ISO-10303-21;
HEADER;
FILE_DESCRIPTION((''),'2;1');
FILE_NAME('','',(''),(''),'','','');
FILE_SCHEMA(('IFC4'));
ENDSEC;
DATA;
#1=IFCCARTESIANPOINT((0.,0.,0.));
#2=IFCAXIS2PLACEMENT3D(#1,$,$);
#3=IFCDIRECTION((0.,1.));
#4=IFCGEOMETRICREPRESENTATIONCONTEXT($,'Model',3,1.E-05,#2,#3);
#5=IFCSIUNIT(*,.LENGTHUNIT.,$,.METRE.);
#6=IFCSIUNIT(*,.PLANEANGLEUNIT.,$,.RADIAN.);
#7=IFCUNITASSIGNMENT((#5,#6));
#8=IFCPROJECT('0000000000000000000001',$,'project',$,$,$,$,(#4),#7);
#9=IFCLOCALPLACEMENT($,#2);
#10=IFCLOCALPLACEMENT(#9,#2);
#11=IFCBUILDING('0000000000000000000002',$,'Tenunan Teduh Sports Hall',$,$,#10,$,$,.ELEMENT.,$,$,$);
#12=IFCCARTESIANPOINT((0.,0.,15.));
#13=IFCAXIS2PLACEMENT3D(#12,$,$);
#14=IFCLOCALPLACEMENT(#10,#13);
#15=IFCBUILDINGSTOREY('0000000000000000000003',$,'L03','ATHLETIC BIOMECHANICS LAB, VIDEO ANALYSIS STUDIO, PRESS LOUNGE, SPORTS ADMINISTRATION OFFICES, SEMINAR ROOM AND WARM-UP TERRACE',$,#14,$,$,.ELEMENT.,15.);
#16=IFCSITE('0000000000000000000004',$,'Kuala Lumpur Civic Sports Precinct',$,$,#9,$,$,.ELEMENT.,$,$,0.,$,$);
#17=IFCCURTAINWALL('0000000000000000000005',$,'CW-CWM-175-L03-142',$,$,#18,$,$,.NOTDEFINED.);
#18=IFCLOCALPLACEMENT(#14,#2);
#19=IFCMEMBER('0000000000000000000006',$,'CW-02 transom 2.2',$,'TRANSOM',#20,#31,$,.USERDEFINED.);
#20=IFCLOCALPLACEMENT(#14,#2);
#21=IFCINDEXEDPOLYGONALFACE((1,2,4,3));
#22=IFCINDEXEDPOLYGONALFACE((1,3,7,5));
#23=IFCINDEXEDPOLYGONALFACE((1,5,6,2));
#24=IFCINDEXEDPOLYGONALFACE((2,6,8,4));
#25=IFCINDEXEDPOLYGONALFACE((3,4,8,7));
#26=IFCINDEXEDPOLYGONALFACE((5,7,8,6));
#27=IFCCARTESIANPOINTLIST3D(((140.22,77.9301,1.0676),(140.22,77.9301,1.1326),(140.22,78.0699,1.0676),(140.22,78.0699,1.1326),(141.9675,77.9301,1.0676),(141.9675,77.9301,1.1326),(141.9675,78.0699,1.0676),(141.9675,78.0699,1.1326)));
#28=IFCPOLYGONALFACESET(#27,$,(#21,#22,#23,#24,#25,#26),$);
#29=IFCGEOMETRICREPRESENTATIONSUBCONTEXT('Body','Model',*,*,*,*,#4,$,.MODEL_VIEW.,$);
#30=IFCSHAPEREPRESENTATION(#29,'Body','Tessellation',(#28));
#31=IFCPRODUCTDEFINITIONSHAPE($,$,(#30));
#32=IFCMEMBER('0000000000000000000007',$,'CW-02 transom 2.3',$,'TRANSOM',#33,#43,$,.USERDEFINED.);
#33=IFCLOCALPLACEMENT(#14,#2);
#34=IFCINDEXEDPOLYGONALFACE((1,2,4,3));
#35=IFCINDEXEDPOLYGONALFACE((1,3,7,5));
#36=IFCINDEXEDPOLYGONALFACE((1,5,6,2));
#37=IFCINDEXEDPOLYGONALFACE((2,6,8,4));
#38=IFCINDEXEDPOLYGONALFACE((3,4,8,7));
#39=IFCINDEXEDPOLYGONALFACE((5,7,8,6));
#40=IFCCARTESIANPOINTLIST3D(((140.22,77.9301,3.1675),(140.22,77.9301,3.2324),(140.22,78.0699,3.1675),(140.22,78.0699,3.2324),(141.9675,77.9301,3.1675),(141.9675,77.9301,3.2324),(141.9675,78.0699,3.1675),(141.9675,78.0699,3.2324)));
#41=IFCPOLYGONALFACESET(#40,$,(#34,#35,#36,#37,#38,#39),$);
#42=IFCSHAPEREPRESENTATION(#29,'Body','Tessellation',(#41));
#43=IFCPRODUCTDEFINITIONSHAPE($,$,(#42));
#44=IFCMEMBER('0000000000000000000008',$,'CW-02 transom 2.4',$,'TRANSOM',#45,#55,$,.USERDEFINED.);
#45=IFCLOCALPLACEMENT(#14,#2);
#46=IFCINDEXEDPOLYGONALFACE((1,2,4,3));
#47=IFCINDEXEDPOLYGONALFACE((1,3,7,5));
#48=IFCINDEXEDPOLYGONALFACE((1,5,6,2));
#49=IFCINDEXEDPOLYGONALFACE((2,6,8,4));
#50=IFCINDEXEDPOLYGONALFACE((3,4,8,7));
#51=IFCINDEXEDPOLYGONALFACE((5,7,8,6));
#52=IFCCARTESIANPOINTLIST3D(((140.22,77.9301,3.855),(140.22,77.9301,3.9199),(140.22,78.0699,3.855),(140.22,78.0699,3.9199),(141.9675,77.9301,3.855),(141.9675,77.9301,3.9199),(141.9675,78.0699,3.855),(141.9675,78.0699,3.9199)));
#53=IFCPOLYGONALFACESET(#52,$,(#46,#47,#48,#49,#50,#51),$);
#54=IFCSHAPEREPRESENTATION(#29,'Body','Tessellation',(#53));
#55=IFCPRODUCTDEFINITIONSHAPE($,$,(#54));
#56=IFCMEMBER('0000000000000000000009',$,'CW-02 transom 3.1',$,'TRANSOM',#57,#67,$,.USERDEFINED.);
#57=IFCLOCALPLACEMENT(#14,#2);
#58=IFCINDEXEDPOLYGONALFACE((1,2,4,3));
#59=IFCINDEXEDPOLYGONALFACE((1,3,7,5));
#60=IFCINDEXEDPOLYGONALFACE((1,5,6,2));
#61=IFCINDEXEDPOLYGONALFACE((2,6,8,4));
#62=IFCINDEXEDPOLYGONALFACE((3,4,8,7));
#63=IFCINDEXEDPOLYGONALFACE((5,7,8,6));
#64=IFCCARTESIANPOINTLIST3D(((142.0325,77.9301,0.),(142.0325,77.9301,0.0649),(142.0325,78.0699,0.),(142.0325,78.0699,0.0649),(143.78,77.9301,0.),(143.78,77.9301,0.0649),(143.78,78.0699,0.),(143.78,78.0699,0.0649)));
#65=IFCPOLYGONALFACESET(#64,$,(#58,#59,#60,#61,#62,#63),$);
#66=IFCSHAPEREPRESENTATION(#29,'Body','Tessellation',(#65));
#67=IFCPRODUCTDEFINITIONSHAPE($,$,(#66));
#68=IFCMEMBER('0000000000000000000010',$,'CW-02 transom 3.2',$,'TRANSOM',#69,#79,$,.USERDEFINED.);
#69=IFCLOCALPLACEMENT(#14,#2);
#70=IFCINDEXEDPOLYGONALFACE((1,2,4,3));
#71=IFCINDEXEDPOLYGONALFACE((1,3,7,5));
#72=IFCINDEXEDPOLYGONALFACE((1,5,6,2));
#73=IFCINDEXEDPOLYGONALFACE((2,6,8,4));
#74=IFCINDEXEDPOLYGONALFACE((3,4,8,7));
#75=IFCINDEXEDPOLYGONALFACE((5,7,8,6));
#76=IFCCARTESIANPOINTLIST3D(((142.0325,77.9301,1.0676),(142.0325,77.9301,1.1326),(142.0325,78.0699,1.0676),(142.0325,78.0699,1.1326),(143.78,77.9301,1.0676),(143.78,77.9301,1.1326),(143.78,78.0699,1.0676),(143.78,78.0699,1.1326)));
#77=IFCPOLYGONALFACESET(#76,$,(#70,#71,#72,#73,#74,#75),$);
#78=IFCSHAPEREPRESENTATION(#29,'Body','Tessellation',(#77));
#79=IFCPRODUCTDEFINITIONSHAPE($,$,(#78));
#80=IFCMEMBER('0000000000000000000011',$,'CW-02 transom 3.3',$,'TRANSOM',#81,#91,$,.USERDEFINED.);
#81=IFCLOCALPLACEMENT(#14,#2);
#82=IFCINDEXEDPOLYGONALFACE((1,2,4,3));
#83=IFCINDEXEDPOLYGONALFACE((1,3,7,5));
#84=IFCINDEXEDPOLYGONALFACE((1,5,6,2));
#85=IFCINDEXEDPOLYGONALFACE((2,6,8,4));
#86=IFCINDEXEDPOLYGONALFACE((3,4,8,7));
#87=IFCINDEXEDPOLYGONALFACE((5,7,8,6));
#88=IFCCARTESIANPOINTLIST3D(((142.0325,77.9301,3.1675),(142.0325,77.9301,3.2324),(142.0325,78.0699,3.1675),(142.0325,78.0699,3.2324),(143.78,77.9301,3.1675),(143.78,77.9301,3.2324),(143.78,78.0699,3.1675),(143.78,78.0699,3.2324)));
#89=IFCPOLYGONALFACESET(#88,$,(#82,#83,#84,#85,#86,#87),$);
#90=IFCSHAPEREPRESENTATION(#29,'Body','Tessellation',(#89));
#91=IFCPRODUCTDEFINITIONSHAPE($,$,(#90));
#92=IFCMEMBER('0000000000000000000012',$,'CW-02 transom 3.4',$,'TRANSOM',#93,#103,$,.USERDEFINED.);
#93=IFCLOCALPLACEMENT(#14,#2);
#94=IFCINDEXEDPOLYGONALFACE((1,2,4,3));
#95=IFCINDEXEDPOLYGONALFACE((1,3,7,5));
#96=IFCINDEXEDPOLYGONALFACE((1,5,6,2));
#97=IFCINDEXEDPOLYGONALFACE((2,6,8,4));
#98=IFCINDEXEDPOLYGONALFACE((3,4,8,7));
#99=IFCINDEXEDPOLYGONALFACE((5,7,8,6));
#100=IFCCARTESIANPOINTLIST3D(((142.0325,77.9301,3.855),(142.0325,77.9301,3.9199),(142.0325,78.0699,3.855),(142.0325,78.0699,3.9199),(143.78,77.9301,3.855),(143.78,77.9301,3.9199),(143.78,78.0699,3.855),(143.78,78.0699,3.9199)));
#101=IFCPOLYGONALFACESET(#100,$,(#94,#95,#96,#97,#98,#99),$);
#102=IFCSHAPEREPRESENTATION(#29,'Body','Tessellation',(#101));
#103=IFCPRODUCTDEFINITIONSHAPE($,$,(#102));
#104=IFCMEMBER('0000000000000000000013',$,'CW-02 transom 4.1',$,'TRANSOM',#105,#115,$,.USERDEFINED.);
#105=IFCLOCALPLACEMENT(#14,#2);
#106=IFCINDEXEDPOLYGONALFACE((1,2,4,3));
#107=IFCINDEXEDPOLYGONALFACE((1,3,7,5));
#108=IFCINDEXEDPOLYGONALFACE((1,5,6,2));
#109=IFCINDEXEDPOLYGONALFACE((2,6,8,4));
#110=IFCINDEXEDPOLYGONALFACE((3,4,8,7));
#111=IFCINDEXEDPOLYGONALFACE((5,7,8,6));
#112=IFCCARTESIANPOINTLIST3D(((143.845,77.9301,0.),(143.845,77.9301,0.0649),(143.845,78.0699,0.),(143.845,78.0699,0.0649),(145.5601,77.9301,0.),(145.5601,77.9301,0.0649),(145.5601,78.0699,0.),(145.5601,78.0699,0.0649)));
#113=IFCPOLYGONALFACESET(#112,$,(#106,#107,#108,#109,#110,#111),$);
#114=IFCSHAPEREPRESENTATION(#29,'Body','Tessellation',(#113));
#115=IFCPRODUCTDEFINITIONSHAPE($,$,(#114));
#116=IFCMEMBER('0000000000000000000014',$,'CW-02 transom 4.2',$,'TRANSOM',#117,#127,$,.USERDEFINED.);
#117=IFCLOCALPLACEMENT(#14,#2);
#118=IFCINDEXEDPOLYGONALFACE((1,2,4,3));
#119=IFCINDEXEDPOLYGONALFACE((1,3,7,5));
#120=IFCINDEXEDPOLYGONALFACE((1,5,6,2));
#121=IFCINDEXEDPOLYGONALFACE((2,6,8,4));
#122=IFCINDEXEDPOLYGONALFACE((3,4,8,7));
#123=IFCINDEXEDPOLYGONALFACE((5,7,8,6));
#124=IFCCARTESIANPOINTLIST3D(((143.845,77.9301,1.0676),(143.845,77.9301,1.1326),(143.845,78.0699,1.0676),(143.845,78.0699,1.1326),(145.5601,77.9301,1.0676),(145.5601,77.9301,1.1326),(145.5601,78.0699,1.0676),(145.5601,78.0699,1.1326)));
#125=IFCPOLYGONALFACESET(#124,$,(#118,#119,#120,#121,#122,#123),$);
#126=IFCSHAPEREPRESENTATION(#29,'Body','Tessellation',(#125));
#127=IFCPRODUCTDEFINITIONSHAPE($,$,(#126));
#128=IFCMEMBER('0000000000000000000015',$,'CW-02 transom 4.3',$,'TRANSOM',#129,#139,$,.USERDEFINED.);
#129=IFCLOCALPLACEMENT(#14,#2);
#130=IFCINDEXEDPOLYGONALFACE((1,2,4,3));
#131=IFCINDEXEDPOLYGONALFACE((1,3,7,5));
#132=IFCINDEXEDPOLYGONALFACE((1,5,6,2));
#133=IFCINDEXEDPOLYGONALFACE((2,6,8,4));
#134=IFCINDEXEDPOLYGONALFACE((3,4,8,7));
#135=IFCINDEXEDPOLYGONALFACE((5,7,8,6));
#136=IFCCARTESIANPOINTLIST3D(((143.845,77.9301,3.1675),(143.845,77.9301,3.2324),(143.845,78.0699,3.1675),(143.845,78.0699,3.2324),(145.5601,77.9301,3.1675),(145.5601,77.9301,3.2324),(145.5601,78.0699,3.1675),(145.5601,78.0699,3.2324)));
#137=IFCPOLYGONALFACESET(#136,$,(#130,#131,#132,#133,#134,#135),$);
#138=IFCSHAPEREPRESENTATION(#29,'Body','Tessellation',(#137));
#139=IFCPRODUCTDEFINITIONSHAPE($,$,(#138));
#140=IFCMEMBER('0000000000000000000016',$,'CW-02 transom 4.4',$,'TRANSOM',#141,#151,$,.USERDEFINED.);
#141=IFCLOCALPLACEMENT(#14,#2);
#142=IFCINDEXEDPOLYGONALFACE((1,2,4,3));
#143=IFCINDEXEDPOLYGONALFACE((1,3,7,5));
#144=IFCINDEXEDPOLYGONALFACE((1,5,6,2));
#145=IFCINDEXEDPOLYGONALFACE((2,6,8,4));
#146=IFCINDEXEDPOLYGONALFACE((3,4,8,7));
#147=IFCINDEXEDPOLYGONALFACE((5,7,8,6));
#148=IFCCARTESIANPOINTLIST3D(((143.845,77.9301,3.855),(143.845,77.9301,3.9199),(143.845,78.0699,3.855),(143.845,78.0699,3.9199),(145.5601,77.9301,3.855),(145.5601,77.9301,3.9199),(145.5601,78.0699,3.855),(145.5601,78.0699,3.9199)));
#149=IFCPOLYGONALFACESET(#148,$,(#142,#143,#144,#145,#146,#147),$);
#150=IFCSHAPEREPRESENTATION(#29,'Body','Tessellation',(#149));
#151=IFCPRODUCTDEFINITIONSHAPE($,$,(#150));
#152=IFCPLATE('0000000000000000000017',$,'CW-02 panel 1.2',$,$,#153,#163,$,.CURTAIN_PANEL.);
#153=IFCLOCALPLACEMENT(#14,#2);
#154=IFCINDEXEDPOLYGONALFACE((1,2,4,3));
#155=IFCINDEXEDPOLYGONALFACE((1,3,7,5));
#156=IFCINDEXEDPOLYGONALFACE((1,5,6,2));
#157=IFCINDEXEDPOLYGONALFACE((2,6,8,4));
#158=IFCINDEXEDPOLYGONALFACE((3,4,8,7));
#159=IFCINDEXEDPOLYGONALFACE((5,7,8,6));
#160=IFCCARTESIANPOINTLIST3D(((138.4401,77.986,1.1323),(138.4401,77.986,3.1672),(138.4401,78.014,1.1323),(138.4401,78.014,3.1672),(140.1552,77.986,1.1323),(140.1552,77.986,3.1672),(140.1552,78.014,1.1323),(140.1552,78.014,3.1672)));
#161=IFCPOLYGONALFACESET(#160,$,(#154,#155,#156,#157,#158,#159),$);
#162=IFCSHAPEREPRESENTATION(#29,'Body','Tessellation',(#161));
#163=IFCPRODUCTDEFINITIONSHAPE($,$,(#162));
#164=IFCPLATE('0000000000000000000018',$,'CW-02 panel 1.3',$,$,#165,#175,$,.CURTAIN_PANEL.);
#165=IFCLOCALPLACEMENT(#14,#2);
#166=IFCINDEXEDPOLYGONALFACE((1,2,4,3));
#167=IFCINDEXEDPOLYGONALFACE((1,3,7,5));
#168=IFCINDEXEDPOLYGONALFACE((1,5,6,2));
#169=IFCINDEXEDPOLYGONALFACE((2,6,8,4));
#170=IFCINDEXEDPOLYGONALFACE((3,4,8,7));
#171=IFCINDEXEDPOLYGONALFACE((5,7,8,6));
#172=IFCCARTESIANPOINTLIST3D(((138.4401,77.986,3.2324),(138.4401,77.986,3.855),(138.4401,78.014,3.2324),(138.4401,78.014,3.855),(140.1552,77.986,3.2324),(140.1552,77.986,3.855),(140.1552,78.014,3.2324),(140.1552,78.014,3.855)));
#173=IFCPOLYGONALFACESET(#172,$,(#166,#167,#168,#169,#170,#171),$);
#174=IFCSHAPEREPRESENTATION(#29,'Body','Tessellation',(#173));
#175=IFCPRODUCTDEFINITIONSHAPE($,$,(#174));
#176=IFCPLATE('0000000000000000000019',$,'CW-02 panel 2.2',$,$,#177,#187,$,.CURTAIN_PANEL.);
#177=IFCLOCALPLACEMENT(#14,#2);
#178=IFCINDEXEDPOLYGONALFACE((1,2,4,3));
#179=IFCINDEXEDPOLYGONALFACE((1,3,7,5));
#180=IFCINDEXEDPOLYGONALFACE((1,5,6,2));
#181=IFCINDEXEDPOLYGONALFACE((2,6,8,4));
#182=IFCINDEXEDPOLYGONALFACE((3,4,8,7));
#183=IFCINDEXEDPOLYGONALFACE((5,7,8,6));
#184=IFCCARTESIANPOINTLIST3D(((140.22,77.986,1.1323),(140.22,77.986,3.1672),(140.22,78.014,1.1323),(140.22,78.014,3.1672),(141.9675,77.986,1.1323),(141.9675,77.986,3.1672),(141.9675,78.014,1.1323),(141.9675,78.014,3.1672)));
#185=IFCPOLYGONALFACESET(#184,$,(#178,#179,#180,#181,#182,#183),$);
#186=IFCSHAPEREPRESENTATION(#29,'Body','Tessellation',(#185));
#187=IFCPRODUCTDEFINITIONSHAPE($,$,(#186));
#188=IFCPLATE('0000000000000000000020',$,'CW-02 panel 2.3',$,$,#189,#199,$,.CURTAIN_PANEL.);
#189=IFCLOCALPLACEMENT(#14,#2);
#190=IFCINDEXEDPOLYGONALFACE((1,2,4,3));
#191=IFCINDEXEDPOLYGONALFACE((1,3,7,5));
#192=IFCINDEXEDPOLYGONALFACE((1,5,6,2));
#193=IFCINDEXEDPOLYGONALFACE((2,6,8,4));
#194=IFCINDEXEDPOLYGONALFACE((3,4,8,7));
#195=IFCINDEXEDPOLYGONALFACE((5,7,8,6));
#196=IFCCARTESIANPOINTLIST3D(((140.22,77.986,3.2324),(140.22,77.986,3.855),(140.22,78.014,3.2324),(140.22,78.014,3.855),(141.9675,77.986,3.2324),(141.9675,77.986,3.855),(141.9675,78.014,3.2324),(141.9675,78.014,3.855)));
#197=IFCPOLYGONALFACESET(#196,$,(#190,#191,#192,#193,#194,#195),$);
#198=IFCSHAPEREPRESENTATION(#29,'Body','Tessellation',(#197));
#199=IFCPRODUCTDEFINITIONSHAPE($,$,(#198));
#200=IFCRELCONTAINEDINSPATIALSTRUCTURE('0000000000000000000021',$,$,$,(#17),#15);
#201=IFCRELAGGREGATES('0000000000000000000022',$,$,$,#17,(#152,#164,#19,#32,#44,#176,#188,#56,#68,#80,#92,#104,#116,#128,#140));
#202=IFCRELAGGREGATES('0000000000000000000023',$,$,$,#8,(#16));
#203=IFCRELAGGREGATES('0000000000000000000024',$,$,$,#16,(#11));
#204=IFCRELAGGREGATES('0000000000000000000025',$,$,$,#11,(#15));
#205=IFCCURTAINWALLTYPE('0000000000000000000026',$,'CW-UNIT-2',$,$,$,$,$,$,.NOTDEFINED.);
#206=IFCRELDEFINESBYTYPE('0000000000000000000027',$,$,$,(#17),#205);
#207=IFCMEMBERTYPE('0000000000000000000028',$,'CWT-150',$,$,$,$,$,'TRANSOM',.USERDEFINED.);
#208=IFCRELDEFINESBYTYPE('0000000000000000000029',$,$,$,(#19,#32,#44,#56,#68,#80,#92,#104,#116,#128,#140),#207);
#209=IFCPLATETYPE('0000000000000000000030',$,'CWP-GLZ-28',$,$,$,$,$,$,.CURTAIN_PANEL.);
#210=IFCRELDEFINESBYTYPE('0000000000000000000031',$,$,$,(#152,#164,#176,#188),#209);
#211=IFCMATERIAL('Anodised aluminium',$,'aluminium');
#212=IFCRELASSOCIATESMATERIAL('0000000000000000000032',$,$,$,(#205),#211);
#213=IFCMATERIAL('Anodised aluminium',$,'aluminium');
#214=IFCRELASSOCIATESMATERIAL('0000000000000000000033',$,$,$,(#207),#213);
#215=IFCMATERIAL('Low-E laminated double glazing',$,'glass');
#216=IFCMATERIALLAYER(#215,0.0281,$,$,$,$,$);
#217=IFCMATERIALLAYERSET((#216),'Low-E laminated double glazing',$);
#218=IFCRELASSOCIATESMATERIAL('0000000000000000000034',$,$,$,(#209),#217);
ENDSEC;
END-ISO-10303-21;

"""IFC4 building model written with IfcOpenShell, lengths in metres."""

from ifc_helpers import new_model, si_unit, direction, frame, origin, origin_2d, place, context, subcontext, project, spatial, rectangle, extrude, material, layer, layer_set, material_profile, profile_set, type_object, element, aggregate, save


model = new_model("IFC4")

# Units and contexts
model_context = context("Model", 3, precision=1e-05, world=origin(), true_north=direction((0.0, 1.0)))
body_context = subcontext(model_context, "Body", "Model", "MODEL_VIEW")
ifc_project = project(units=[si_unit("LENGTHUNIT", "METRE"), si_unit("PLANEANGLEUNIT", "RADIAN")], contexts=[model_context])

# Site, building, storey
site_placement = place(None, origin())
site = spatial("IfcSite", under=ifc_project, at=site_placement, Name="Kuala Lumpur Civic Sports Precinct", CompositionType="ELEMENT", RefElevation=0.0)
building_placement = place(site_placement, origin())
building = spatial("IfcBuilding", under=site, at=building_placement, Name="Tenunan Teduh Sports Hall", CompositionType="ELEMENT")
storey_placement = place(building_placement, frame((0.0, 0.0, 15.0)))
storey = spatial("IfcBuildingStorey", under=building, at=storey_placement, Name="L03", Description="ATHLETIC BIOMECHANICS LAB, VIDEO ANALYSIS STUDIO, PRESS LOUNGE, SPORTS ADMINISTRATION OFFICES, SEMINAR ROOM AND WARM-UP TERRACE", CompositionType="ELEMENT", Elevation=15.0)

# Curtain wall
ifc_material_1 = material(Name="Anodised aluminium", Category="aluminium")
curtain_wall_type = type_object("IfcCurtainWallType", Name="CW-UNIT-2", PredefinedType="NOTDEFINED", material=ifc_material_1)
curtain_wall_1_placement = place(storey_placement, origin())
curtain_wall_1 = element("IfcCurtainWall", 1, at=curtain_wall_1_placement, inside=storey, type_object=curtain_wall_type, Name="CW-CWM-175-L03-142", PredefinedType="NOTDEFINED")

# Members
ifc_material_2 = material(Name="Anodised aluminium", Category="aluminium")
ifc_material_profile_1 = material_profile(ifc_material_2, rectangle(XDim=0.0649, YDim=0.1399, at=origin_2d()), Name="CWT 65x140")
ifc_profile_set_1 = profile_set([ifc_material_profile_1], Name="Anodised aluminium")
member_type_1 = type_object("IfcMemberType", Name="CWT-150", ElementType="TRANSOM", PredefinedType="USERDEFINED", material=ifc_profile_set_1)
member_1_placement = place(storey_placement, frame((140.22, 78.0, 1.1001), z_axis=(1.0, 0.0, 0.0), x_axis=(0.0, 0.0, 1.0)))
member_1 = element("IfcMember", 2, at=member_1_placement, type_object=member_type_1, Name="CW-02 transom 2.2", ObjectType="TRANSOM", PredefinedType="USERDEFINED", context=body_context, shape_type="SweptSolid", body=[
    extrude(rectangle(XDim=0.0649, YDim=0.1399, at=origin_2d()), origin(), (0.0, 0.0, 1.0), 1.7476),
])
member_2_placement = place(storey_placement, frame((140.22, 78.0, 3.2), z_axis=(1.0, 0.0, 0.0), x_axis=(0.0, 0.0, 1.0)))
member_2 = element("IfcMember", 3, at=member_2_placement, type_object=member_type_1, Name="CW-02 transom 2.3", ObjectType="TRANSOM", PredefinedType="USERDEFINED", context=body_context, shape_type="SweptSolid", body=[
    extrude(rectangle(XDim=0.0649, YDim=0.1399, at=origin_2d()), origin(), (0.0, 0.0, 1.0), 1.7476),
])
member_3_placement = place(storey_placement, frame((140.22, 78.0, 3.8875), z_axis=(1.0, 0.0, 0.0), x_axis=(0.0, 0.0, 1.0)))
member_3 = element("IfcMember", 4, at=member_3_placement, type_object=member_type_1, Name="CW-02 transom 2.4", ObjectType="TRANSOM", PredefinedType="USERDEFINED", context=body_context, shape_type="SweptSolid", body=[
    extrude(rectangle(XDim=0.0649, YDim=0.1399, at=origin_2d()), origin(), (0.0, 0.0, 1.0), 1.7476),
])
member_4_placement = place(storey_placement, frame((142.0325, 78.0, 0.0325), z_axis=(1.0, 0.0, 0.0), x_axis=(0.0, 0.0, 1.0)))
member_4 = element("IfcMember", 5, at=member_4_placement, type_object=member_type_1, Name="CW-02 transom 3.1", ObjectType="TRANSOM", PredefinedType="USERDEFINED", context=body_context, shape_type="SweptSolid", body=[
    extrude(rectangle(XDim=0.0649, YDim=0.1399, at=origin_2d()), origin(), (0.0, 0.0, 1.0), 1.7476),
])
member_5_placement = place(storey_placement, frame((142.0325, 78.0, 1.1001), z_axis=(1.0, 0.0, 0.0), x_axis=(0.0, 0.0, 1.0)))
member_5 = element("IfcMember", 6, at=member_5_placement, type_object=member_type_1, Name="CW-02 transom 3.2", ObjectType="TRANSOM", PredefinedType="USERDEFINED", context=body_context, shape_type="SweptSolid", body=[
    extrude(rectangle(XDim=0.0649, YDim=0.1399, at=origin_2d()), origin(), (0.0, 0.0, 1.0), 1.7476),
])
member_6_placement = place(storey_placement, frame((142.0325, 78.0, 3.2), z_axis=(1.0, 0.0, 0.0), x_axis=(0.0, 0.0, 1.0)))
member_6 = element("IfcMember", 7, at=member_6_placement, type_object=member_type_1, Name="CW-02 transom 3.3", ObjectType="TRANSOM", PredefinedType="USERDEFINED", context=body_context, shape_type="SweptSolid", body=[
    extrude(rectangle(XDim=0.0649, YDim=0.1399, at=origin_2d()), origin(), (0.0, 0.0, 1.0), 1.7476),
])
member_7_placement = place(storey_placement, frame((142.0325, 78.0, 3.8875), z_axis=(1.0, 0.0, 0.0), x_axis=(0.0, 0.0, 1.0)))
member_7 = element("IfcMember", 8, at=member_7_placement, type_object=member_type_1, Name="CW-02 transom 3.4", ObjectType="TRANSOM", PredefinedType="USERDEFINED", context=body_context, shape_type="SweptSolid", body=[
    extrude(rectangle(XDim=0.0649, YDim=0.1399, at=origin_2d()), origin(), (0.0, 0.0, 1.0), 1.7476),
])
member_8_placement = place(storey_placement, frame((143.845, 78.0, 0.0325), z_axis=(1.0, 0.0, 0.0), x_axis=(0.0, 0.0, 1.0)))
member_8 = element("IfcMember", 9, at=member_8_placement, type_object=member_type_1, Name="CW-02 transom 4.1", ObjectType="TRANSOM", PredefinedType="USERDEFINED", context=body_context, shape_type="SweptSolid", body=[
    extrude(rectangle(XDim=0.0649, YDim=0.1399, at=origin_2d()), origin(), (0.0, 0.0, 1.0), 1.7151),
])
member_9_placement = place(storey_placement, frame((143.845, 78.0, 1.1001), z_axis=(1.0, 0.0, 0.0), x_axis=(0.0, 0.0, 1.0)))
member_9 = element("IfcMember", 10, at=member_9_placement, type_object=member_type_1, Name="CW-02 transom 4.2", ObjectType="TRANSOM", PredefinedType="USERDEFINED", context=body_context, shape_type="SweptSolid", body=[
    extrude(rectangle(XDim=0.0649, YDim=0.1399, at=origin_2d()), origin(), (0.0, 0.0, 1.0), 1.7151),
])
member_10_placement = place(storey_placement, frame((143.845, 78.0, 3.2), z_axis=(1.0, 0.0, 0.0), x_axis=(0.0, 0.0, 1.0)))
member_10 = element("IfcMember", 11, at=member_10_placement, type_object=member_type_1, Name="CW-02 transom 4.3", ObjectType="TRANSOM", PredefinedType="USERDEFINED", context=body_context, shape_type="SweptSolid", body=[
    extrude(rectangle(XDim=0.0649, YDim=0.1399, at=origin_2d()), origin(), (0.0, 0.0, 1.0), 1.7151),
])
member_11_placement = place(storey_placement, frame((143.845, 78.0, 3.8875), z_axis=(1.0, 0.0, 0.0), x_axis=(0.0, 0.0, 1.0)))
member_11 = element("IfcMember", 12, at=member_11_placement, type_object=member_type_1, Name="CW-02 transom 4.4", ObjectType="TRANSOM", PredefinedType="USERDEFINED", context=body_context, shape_type="SweptSolid", body=[
    extrude(rectangle(XDim=0.0649, YDim=0.1399, at=origin_2d()), origin(), (0.0, 0.0, 1.0), 1.7151),
])

# Plates
ifc_material_3 = material(Name="Low-E laminated double glazing", Category="glass")
ifc_layer_1 = layer(ifc_material_3, 0.0281)
ifc_layer_set_1 = layer_set([ifc_layer_1], Name="Low-E laminated double glazing")
plate_type_1 = type_object("IfcPlateType", Name="CWP-GLZ-28", PredefinedType="CURTAIN_PANEL", material=ifc_layer_set_1)
plate_1_placement = place(storey_placement, frame((139.2976, 78.0, 1.1323), z_axis=(0.0, 0.0, 1.0), x_axis=(1.0, 0.0, 0.0)))
plate_1 = element("IfcPlate", 13, at=plate_1_placement, type_object=plate_type_1, Name="CW-02 panel 1.2", PredefinedType="CURTAIN_PANEL", context=body_context, shape_type="SweptSolid", body=[
    extrude(rectangle(XDim=1.7151, YDim=0.0281, at=origin_2d()), origin(), (0.0, 0.0, 1.0), 2.0349),
])
plate_2_placement = place(storey_placement, frame((139.2976, 78.0, 3.2324), z_axis=(0.0, 0.0, 1.0), x_axis=(1.0, 0.0, 0.0)))
plate_2 = element("IfcPlate", 14, at=plate_2_placement, type_object=plate_type_1, Name="CW-02 panel 1.3", PredefinedType="CURTAIN_PANEL", context=body_context, shape_type="SweptSolid", body=[
    extrude(rectangle(XDim=1.7151, YDim=0.0281, at=origin_2d()), origin(), (0.0, 0.0, 1.0), 0.6226),
])
plate_3_placement = place(storey_placement, frame((141.0938, 78.0, 1.1323), z_axis=(0.0, 0.0, 1.0), x_axis=(1.0, 0.0, 0.0)))
plate_3 = element("IfcPlate", 15, at=plate_3_placement, type_object=plate_type_1, Name="CW-02 panel 2.2", PredefinedType="CURTAIN_PANEL", context=body_context, shape_type="SweptSolid", body=[
    extrude(rectangle(XDim=1.7476, YDim=0.0281, at=origin_2d()), origin(), (0.0, 0.0, 1.0), 2.0349),
])
plate_4_placement = place(storey_placement, frame((141.0938, 78.0, 3.2324), z_axis=(0.0, 0.0, 1.0), x_axis=(1.0, 0.0, 0.0)))
plate_4 = element("IfcPlate", 16, at=plate_4_placement, type_object=plate_type_1, Name="CW-02 panel 2.3", PredefinedType="CURTAIN_PANEL", context=body_context, shape_type="SweptSolid", body=[
    extrude(rectangle(XDim=1.7476, YDim=0.0281, at=origin_2d()), origin(), (0.0, 0.0, 1.0), 0.6226),
])
aggregate(curtain_wall_1, [plate_1, plate_2, member_1, member_2, member_3, plate_3, plate_4, member_4, member_5, member_6, member_7, member_8, member_9, member_10, member_11])

save(model, "model.ifc")
